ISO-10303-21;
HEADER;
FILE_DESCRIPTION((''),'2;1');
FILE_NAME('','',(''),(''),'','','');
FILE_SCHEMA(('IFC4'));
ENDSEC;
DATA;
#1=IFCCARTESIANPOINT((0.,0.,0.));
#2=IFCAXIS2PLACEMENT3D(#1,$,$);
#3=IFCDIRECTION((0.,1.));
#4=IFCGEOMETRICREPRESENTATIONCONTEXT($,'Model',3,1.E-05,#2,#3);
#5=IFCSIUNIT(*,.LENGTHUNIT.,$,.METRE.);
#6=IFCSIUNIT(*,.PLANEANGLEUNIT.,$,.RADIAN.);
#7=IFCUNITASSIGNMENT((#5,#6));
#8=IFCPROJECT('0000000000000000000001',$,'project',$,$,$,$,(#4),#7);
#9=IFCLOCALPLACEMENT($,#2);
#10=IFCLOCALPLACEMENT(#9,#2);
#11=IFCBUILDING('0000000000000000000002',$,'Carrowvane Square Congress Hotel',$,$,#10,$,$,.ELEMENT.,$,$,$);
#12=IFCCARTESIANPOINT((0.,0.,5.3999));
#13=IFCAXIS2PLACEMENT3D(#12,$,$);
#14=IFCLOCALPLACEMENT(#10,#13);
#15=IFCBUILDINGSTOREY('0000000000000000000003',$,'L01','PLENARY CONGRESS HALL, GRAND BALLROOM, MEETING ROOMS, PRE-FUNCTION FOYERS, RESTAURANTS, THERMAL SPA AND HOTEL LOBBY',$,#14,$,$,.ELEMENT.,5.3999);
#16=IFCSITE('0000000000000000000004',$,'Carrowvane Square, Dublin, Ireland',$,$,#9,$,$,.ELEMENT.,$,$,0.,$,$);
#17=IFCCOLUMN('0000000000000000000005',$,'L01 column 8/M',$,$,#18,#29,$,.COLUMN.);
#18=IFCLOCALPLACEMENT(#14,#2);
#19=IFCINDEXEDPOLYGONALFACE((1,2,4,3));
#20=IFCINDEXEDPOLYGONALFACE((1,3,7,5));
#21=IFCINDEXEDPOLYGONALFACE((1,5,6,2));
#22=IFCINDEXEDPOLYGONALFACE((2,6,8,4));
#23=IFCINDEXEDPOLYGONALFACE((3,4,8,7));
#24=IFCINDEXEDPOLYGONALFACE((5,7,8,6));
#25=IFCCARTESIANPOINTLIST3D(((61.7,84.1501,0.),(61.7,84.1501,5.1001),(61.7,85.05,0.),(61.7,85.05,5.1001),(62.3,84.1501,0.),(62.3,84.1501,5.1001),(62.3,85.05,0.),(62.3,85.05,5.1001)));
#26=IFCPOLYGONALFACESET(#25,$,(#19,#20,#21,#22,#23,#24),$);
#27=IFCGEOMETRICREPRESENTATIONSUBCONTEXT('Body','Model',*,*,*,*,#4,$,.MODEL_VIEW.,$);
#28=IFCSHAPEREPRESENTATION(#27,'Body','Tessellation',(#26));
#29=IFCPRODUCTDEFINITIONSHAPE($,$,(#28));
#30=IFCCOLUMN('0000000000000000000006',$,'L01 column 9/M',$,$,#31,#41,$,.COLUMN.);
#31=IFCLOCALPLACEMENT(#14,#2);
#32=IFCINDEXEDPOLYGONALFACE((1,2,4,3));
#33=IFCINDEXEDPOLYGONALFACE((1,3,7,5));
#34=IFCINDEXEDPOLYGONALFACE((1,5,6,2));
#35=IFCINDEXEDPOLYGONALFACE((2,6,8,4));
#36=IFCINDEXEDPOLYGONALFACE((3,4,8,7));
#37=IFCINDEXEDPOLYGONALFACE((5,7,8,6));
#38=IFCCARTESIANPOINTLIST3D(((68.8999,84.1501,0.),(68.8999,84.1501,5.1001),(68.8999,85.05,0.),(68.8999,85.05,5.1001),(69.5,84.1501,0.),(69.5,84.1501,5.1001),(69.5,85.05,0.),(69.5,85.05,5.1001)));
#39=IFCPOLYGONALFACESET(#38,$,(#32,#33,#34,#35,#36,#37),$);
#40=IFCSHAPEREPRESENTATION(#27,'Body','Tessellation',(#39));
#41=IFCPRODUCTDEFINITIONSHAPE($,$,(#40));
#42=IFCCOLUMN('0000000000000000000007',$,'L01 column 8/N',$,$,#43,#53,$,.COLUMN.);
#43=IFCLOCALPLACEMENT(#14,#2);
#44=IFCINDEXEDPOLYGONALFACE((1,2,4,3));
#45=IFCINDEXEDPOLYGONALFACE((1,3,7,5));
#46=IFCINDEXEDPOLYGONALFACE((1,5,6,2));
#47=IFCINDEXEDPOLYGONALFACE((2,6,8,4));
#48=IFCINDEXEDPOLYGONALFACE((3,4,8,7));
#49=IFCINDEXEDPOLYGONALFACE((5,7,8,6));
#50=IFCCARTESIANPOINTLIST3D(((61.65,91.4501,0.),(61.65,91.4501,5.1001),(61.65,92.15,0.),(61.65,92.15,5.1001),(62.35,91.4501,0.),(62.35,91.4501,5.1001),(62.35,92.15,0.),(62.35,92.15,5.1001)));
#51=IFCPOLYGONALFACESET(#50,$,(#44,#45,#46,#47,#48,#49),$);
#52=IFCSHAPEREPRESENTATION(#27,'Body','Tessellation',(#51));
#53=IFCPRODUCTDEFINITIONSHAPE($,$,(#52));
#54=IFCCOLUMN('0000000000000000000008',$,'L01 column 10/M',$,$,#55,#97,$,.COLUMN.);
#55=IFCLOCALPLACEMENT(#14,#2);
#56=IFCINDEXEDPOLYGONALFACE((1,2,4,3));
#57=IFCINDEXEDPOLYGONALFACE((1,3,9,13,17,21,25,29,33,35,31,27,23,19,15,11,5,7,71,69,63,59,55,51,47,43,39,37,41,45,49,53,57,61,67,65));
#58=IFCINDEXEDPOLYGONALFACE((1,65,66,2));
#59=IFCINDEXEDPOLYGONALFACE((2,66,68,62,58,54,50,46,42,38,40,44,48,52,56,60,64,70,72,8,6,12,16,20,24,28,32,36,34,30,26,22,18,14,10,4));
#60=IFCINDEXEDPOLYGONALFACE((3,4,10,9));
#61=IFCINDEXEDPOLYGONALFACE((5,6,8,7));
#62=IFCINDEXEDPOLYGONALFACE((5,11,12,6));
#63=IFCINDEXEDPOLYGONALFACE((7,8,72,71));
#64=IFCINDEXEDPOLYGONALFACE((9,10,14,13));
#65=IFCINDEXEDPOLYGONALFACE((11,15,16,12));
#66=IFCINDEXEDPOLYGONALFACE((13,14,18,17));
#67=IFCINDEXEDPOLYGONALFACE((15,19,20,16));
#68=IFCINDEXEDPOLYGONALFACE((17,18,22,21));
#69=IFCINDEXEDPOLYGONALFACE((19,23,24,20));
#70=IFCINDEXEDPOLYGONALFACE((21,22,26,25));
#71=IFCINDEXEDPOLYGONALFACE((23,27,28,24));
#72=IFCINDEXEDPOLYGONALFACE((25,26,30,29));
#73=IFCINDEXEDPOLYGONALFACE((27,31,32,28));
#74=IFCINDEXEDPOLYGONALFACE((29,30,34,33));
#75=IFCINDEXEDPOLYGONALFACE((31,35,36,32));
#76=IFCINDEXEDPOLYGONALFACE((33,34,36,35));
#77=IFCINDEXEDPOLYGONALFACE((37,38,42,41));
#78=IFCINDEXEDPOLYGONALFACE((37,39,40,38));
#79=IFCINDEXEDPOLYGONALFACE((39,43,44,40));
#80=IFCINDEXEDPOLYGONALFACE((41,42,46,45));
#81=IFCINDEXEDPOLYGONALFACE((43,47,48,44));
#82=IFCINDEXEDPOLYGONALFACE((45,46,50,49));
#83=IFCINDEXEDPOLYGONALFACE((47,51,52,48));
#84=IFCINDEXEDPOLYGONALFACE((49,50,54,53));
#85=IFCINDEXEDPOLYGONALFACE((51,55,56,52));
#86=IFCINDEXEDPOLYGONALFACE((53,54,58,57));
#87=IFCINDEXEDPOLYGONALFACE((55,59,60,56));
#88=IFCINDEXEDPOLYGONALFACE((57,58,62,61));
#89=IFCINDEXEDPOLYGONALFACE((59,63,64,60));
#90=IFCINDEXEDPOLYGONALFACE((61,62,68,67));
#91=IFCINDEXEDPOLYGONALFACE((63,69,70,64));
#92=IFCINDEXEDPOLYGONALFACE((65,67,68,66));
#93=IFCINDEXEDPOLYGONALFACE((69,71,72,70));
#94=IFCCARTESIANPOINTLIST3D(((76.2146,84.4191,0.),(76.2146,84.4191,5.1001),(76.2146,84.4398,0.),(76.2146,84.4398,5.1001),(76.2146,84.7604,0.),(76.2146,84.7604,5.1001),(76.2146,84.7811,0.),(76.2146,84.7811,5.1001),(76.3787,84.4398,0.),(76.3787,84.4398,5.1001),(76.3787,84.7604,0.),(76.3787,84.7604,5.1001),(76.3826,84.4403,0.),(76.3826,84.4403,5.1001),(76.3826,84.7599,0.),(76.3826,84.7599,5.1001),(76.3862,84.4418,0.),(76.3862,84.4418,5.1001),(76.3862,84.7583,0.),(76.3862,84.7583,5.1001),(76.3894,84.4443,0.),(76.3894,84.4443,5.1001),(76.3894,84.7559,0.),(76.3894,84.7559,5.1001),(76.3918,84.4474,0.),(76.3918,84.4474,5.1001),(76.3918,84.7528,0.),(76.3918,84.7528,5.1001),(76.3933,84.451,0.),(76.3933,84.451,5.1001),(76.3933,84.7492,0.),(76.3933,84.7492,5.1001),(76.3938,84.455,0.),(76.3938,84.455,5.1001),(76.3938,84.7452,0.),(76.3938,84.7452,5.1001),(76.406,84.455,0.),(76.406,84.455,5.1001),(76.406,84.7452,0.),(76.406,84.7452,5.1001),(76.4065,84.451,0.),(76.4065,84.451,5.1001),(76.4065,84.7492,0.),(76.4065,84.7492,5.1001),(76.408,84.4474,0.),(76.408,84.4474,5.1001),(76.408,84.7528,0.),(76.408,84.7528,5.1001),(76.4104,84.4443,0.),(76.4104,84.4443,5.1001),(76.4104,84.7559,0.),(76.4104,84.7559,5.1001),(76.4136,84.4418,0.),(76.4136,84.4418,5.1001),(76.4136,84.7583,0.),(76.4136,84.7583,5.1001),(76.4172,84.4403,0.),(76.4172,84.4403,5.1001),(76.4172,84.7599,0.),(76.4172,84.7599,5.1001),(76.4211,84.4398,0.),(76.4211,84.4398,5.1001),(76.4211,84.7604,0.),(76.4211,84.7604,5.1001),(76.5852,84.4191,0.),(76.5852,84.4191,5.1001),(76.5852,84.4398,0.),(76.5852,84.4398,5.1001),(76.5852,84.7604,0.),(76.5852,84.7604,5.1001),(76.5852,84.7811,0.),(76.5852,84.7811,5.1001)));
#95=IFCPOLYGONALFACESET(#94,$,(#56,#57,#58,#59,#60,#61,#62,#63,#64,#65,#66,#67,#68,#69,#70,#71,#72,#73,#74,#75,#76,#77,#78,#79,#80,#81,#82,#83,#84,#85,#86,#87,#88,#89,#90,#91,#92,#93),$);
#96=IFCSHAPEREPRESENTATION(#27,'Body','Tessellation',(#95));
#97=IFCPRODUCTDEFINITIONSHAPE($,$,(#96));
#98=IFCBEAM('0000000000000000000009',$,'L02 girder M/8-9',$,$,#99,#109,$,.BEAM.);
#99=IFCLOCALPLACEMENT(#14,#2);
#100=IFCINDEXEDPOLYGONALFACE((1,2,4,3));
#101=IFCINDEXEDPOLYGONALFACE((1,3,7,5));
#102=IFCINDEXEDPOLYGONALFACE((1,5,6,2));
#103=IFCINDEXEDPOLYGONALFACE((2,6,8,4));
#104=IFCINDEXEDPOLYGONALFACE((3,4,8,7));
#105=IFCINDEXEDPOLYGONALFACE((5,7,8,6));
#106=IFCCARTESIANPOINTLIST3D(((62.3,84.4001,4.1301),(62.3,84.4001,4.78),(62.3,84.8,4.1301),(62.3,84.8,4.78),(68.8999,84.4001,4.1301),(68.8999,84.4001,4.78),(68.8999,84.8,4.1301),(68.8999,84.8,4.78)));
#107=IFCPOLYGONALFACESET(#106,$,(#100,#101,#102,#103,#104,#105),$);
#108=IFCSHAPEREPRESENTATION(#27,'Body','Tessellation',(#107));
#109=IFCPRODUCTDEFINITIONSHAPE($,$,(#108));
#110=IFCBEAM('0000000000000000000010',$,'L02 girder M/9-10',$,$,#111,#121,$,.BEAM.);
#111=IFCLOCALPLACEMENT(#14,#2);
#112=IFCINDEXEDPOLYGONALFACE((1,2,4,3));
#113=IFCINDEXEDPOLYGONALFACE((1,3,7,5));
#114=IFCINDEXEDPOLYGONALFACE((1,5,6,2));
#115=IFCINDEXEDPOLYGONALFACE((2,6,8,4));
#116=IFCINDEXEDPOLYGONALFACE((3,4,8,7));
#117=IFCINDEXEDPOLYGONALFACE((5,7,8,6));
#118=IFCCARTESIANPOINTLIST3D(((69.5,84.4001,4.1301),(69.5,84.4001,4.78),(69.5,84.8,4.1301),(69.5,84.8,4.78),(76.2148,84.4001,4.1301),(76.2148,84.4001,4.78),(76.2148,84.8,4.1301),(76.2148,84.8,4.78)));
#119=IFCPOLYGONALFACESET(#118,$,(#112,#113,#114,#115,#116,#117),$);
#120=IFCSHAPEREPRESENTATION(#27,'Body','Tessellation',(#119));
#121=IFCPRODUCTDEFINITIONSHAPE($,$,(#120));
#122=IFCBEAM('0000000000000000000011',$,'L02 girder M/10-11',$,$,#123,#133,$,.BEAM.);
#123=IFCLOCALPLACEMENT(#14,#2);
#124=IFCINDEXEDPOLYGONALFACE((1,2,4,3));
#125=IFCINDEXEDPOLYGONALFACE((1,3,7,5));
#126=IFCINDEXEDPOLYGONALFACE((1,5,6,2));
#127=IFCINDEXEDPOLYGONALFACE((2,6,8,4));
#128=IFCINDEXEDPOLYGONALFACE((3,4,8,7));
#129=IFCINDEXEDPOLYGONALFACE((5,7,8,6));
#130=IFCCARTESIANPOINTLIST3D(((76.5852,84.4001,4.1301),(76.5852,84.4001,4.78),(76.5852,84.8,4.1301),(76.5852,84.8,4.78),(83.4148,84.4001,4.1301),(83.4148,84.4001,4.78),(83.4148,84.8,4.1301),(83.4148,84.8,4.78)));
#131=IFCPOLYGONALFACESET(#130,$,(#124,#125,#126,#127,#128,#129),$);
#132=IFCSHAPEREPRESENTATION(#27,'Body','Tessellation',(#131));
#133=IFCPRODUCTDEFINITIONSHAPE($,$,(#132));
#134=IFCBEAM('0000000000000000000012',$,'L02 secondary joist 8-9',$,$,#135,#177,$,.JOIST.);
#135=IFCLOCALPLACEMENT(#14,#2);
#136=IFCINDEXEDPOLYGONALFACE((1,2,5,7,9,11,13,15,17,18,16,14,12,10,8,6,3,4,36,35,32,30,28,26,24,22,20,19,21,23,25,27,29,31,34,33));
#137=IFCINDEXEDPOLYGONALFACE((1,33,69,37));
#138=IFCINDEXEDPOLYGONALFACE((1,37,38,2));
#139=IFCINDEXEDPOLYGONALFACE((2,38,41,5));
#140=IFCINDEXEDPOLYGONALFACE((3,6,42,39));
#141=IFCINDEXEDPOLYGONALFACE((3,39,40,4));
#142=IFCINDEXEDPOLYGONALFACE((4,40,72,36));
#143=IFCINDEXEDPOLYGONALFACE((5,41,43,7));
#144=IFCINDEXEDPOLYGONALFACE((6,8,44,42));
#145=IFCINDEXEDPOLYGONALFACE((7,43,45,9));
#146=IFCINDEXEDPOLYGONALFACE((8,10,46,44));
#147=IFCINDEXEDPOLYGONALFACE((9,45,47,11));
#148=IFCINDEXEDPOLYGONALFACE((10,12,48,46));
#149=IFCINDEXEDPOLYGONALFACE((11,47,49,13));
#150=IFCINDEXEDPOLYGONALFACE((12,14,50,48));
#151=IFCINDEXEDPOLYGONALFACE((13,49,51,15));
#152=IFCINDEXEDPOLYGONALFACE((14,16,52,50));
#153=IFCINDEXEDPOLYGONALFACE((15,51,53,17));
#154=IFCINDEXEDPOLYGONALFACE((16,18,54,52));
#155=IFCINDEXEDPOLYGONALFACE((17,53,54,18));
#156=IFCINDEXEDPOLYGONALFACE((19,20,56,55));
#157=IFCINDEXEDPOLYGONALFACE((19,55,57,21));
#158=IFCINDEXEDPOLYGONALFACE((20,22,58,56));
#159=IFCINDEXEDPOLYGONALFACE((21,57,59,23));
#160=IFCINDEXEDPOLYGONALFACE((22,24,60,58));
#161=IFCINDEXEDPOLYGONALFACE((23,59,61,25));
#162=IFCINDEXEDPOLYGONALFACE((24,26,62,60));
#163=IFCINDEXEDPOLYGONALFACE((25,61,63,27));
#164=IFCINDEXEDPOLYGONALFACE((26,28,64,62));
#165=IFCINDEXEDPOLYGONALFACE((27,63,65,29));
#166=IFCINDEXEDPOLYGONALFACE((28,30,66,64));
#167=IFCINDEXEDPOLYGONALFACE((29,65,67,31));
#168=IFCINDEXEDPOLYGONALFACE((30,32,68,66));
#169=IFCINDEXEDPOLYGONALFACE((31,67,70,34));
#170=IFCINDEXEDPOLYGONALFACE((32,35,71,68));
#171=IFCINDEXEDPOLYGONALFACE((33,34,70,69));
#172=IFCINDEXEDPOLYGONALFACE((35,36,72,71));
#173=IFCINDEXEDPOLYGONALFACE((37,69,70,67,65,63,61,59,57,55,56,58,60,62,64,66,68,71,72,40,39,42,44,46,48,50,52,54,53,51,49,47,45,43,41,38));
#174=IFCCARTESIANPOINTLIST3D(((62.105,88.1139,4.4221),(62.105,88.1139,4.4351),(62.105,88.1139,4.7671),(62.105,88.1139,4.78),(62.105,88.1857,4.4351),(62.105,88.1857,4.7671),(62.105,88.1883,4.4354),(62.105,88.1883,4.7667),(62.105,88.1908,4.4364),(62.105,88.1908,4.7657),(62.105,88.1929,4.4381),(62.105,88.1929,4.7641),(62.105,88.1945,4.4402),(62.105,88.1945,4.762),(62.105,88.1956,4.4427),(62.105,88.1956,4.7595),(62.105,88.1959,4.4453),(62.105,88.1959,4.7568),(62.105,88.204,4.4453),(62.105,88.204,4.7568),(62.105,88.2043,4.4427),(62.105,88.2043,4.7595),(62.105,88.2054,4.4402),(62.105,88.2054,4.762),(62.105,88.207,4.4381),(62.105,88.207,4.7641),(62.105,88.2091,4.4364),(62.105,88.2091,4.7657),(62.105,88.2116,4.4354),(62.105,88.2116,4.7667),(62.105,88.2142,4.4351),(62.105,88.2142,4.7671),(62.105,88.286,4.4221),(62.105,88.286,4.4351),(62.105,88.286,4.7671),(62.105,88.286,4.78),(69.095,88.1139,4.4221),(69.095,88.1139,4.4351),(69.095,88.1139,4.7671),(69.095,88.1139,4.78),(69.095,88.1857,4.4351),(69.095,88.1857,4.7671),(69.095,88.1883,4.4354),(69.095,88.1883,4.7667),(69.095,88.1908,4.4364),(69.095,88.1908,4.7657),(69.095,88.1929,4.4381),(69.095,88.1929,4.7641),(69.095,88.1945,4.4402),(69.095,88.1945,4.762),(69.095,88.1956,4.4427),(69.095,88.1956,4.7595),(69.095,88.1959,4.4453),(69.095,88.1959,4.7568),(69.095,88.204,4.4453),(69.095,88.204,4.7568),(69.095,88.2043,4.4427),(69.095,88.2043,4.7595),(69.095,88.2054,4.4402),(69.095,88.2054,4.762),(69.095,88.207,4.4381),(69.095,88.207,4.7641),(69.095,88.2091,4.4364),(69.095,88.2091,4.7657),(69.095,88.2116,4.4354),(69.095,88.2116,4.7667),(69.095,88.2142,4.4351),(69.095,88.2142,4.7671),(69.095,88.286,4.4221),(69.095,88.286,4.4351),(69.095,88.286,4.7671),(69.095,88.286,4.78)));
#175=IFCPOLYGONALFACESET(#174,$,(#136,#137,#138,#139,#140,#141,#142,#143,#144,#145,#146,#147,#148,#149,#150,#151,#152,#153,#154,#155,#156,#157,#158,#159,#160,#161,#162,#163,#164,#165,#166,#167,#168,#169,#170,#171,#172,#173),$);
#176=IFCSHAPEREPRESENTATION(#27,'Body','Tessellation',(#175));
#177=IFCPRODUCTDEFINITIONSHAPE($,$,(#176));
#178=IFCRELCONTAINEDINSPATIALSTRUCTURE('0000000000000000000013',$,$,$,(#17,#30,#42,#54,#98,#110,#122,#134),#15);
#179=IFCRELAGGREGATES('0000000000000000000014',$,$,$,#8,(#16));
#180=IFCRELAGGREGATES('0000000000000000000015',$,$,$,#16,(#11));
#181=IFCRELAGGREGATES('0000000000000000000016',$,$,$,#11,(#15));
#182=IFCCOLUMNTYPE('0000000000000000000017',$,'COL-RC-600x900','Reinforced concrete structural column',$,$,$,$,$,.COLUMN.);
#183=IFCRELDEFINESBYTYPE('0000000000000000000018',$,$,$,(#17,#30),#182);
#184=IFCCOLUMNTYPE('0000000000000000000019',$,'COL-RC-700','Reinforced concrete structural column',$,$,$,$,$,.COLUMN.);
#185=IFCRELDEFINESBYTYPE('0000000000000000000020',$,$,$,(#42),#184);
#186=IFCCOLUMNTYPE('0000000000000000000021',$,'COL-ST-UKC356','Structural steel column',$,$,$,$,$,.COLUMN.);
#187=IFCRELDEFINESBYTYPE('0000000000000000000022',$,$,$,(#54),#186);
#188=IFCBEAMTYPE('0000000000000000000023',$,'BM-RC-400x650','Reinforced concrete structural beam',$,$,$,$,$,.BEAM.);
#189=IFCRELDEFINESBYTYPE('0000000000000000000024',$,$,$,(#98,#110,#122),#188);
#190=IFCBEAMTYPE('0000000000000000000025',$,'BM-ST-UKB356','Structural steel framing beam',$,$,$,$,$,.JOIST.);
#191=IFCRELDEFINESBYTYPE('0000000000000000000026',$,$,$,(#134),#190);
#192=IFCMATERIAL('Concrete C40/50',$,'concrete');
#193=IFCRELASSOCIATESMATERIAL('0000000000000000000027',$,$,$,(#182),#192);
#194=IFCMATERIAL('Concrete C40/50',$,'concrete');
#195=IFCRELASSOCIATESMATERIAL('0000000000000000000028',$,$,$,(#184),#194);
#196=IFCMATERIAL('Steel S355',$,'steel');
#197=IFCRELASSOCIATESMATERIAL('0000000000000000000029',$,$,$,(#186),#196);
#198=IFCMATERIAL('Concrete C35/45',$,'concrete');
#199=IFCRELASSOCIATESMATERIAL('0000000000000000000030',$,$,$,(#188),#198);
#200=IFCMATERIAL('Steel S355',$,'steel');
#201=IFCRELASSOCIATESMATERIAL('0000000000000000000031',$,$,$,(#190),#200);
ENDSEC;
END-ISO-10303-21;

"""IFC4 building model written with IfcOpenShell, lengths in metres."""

from ifc_helpers import new_model, si_unit, direction, frame, origin, origin_2d, place, context, subcontext, project, spatial, rectangle, i_section, extrude, material, material_profile, profile_set, type_object, element, save


model = new_model("IFC4")

# Units and contexts
model_context = context("Model", 3, precision=1e-05, world=origin(), true_north=direction((0.0, 1.0)))
body_context = subcontext(model_context, "Body", "Model", "MODEL_VIEW")
ifc_project = project(units=[si_unit("LENGTHUNIT", "METRE"), si_unit("PLANEANGLEUNIT", "RADIAN")], contexts=[model_context])

# Site, building, storey
site_placement = place(None, origin())
site = spatial("IfcSite", under=ifc_project, at=site_placement, Name="Carrowvane Square, Dublin, Ireland", CompositionType="ELEMENT", RefElevation=0.0)
building_placement = place(site_placement, origin())
building = spatial("IfcBuilding", under=site, at=building_placement, Name="Carrowvane Square Congress Hotel", CompositionType="ELEMENT")
storey_placement = place(building_placement, frame((0.0, 0.0, 5.3999)))
storey = spatial("IfcBuildingStorey", under=building, at=storey_placement, Name="L01", Description="PLENARY CONGRESS HALL, GRAND BALLROOM, MEETING ROOMS, PRE-FUNCTION FOYERS, RESTAURANTS, THERMAL SPA AND HOTEL LOBBY", CompositionType="ELEMENT", Elevation=5.3999)

# Columns
ifc_material_1 = material(Name="Concrete C40/50", Category="concrete")
ifc_material_profile_1 = material_profile(ifc_material_1, rectangle(XDim=0.6001, YDim=0.8999, at=origin_2d()), Name="RC 600x900")
ifc_profile_set_1 = profile_set([ifc_material_profile_1], Name="Concrete C40/50")
column_type_1 = type_object("IfcColumnType", Name="COL-RC-600x900", Description="Reinforced concrete structural column", PredefinedType="COLUMN", material=ifc_profile_set_1)
for number, where, z_axis, x_axis, name in (
    (1, (62.0, 84.6001, 0.0), (0.0, 0.0, 1.0), (1.0, 0.0, 0.0), "L01 column 8/M"),
    (2, (69.2, 84.6001, 0.0), (0.0, 0.0, 1.0), (1.0, 0.0, 0.0), "L01 column 9/M"),
):
    element("IfcColumn", number, at=place(storey_placement, frame(where, z_axis=z_axis, x_axis=x_axis)), inside=storey, type_object=column_type_1, Name=name, PredefinedType="COLUMN", context=body_context, shape_type="SweptSolid", body=[
        extrude(rectangle(XDim=0.6001, YDim=0.8999, at=origin_2d()), origin(), (0.0, 0.0, 1.0), 5.1001),
    ])
ifc_material_2 = material(Name="Concrete C40/50", Category="concrete")
ifc_material_profile_2 = material_profile(ifc_material_2, rectangle(XDim=0.7, YDim=0.7, at=origin_2d()), Name="RC 700x700")
ifc_profile_set_2 = profile_set([ifc_material_profile_2], Name="Concrete C40/50")
column_type_2 = type_object("IfcColumnType", Name="COL-RC-700", Description="Reinforced concrete structural column", PredefinedType="COLUMN", material=ifc_profile_set_2)
column_1_placement = place(storey_placement, frame((62.0, 91.8, 0.0), z_axis=(0.0, 0.0, 1.0), x_axis=(1.0, 0.0, 0.0)))
element("IfcColumn", 3, at=column_1_placement, inside=storey, type_object=column_type_2, Name="L01 column 8/N", PredefinedType="COLUMN", context=body_context, shape_type="SweptSolid", body=[
    extrude(rectangle(XDim=0.7, YDim=0.7, at=origin_2d()), origin(), (0.0, 0.0, 1.0), 5.1001),
])
ifc_material_3 = material(Name="Steel S355", Category="steel")
ifc_material_profile_3 = material_profile(ifc_material_3, i_section(OverallWidth=0.3706, OverallDepth=0.3621, WebThickness=0.0122, FlangeThickness=0.0208, FilletRadius=0.0151, at=origin_2d()), Name="UKC 356x368x153")
ifc_profile_set_3 = profile_set([ifc_material_profile_3], Name="Steel S355")
column_type_3 = type_object("IfcColumnType", Name="COL-ST-UKC356", Description="Structural steel column", PredefinedType="COLUMN", material=ifc_profile_set_3)
column_2_placement = place(storey_placement, frame((76.3999, 84.6001, 0.0), z_axis=(0.0, 0.0, 1.0), x_axis=(1.0, 0.0, 0.0)))
element("IfcColumn", 4, at=column_2_placement, inside=storey, type_object=column_type_3, Name="L01 column 10/M", PredefinedType="COLUMN", context=body_context, shape_type="SweptSolid", body=[
    extrude(i_section(OverallWidth=0.3706, OverallDepth=0.3621, WebThickness=0.0122, FlangeThickness=0.0208, FilletRadius=0.0151, at=origin_2d()), origin(), (0.0, 0.0, 1.0), 5.1001),
])

# Beams
ifc_material_4 = material(Name="Concrete C35/45", Category="concrete")
ifc_material_profile_4 = material_profile(ifc_material_4, rectangle(XDim=0.3999, YDim=0.6499, at=origin_2d()), Name="RC 400x650")
ifc_profile_set_4 = profile_set([ifc_material_profile_4], Name="Concrete C35/45")
beam_type_1 = type_object("IfcBeamType", Name="BM-RC-400x650", Description="Reinforced concrete structural beam", PredefinedType="BEAM", material=ifc_profile_set_4)
beam_1_placement = place(storey_placement, frame((62.3, 84.6001, 4.4551), z_axis=(1.0, 0.0, 0.0), x_axis=(0.0, 1.0, 0.0)))
element("IfcBeam", 5, at=beam_1_placement, inside=storey, type_object=beam_type_1, Name="L02 girder M/8-9", PredefinedType="BEAM", context=body_context, shape_type="SweptSolid", body=[
    extrude(rectangle(XDim=0.3999, YDim=0.6499, at=origin_2d()), origin(), (0.0, 0.0, 1.0), 6.5999),
])
beam_2_placement = place(storey_placement, frame((69.5, 84.6001, 4.4551), z_axis=(1.0, 0.0, 0.0), x_axis=(0.0, 1.0, 0.0)))
element("IfcBeam", 6, at=beam_2_placement, inside=storey, type_object=beam_type_1, Name="L02 girder M/9-10", PredefinedType="BEAM", context=body_context, shape_type="SweptSolid", body=[
    extrude(rectangle(XDim=0.3999, YDim=0.6499, at=origin_2d()), origin(), (0.0, 0.0, 1.0), 6.7148),
])
beam_3_placement = place(storey_placement, frame((76.5852, 84.6001, 4.4551), z_axis=(1.0, 0.0, 0.0), x_axis=(0.0, 1.0, 0.0)))
element("IfcBeam", 7, at=beam_3_placement, inside=storey, type_object=beam_type_1, Name="L02 girder M/10-11", PredefinedType="BEAM", context=body_context, shape_type="SweptSolid", body=[
    extrude(rectangle(XDim=0.3999, YDim=0.6499, at=origin_2d()), origin(), (0.0, 0.0, 1.0), 6.8296),
])
ifc_material_5 = material(Name="Steel S355", Category="steel")
ifc_material_profile_5 = material_profile(ifc_material_5, i_section(OverallWidth=0.1721, OverallDepth=0.3579, WebThickness=0.0081, FlangeThickness=0.0129, FilletRadius=0.0103, at=origin_2d()), Name="UKB 356x171x57")
ifc_profile_set_5 = profile_set([ifc_material_profile_5], Name="Steel S355")
beam_type_2 = type_object("IfcBeamType", Name="BM-ST-UKB356", Description="Structural steel framing beam", PredefinedType="JOIST", material=ifc_profile_set_5)
beam_4_placement = place(storey_placement, frame((62.105, 88.2, 4.6011), z_axis=(1.0, 0.0, 0.0), x_axis=(0.0, 1.0, 0.0)))
element("IfcBeam", 8, at=beam_4_placement, inside=storey, type_object=beam_type_2, Name="L02 secondary joist 8-9", PredefinedType="JOIST", context=body_context, shape_type="SweptSolid", body=[
    extrude(i_section(OverallWidth=0.1721, OverallDepth=0.3579, WebThickness=0.0081, FlangeThickness=0.0129, FilletRadius=0.0103, at=origin_2d()), origin(), (0.0, 0.0, 1.0), 6.99),
])

save(model, "model.ifc")
